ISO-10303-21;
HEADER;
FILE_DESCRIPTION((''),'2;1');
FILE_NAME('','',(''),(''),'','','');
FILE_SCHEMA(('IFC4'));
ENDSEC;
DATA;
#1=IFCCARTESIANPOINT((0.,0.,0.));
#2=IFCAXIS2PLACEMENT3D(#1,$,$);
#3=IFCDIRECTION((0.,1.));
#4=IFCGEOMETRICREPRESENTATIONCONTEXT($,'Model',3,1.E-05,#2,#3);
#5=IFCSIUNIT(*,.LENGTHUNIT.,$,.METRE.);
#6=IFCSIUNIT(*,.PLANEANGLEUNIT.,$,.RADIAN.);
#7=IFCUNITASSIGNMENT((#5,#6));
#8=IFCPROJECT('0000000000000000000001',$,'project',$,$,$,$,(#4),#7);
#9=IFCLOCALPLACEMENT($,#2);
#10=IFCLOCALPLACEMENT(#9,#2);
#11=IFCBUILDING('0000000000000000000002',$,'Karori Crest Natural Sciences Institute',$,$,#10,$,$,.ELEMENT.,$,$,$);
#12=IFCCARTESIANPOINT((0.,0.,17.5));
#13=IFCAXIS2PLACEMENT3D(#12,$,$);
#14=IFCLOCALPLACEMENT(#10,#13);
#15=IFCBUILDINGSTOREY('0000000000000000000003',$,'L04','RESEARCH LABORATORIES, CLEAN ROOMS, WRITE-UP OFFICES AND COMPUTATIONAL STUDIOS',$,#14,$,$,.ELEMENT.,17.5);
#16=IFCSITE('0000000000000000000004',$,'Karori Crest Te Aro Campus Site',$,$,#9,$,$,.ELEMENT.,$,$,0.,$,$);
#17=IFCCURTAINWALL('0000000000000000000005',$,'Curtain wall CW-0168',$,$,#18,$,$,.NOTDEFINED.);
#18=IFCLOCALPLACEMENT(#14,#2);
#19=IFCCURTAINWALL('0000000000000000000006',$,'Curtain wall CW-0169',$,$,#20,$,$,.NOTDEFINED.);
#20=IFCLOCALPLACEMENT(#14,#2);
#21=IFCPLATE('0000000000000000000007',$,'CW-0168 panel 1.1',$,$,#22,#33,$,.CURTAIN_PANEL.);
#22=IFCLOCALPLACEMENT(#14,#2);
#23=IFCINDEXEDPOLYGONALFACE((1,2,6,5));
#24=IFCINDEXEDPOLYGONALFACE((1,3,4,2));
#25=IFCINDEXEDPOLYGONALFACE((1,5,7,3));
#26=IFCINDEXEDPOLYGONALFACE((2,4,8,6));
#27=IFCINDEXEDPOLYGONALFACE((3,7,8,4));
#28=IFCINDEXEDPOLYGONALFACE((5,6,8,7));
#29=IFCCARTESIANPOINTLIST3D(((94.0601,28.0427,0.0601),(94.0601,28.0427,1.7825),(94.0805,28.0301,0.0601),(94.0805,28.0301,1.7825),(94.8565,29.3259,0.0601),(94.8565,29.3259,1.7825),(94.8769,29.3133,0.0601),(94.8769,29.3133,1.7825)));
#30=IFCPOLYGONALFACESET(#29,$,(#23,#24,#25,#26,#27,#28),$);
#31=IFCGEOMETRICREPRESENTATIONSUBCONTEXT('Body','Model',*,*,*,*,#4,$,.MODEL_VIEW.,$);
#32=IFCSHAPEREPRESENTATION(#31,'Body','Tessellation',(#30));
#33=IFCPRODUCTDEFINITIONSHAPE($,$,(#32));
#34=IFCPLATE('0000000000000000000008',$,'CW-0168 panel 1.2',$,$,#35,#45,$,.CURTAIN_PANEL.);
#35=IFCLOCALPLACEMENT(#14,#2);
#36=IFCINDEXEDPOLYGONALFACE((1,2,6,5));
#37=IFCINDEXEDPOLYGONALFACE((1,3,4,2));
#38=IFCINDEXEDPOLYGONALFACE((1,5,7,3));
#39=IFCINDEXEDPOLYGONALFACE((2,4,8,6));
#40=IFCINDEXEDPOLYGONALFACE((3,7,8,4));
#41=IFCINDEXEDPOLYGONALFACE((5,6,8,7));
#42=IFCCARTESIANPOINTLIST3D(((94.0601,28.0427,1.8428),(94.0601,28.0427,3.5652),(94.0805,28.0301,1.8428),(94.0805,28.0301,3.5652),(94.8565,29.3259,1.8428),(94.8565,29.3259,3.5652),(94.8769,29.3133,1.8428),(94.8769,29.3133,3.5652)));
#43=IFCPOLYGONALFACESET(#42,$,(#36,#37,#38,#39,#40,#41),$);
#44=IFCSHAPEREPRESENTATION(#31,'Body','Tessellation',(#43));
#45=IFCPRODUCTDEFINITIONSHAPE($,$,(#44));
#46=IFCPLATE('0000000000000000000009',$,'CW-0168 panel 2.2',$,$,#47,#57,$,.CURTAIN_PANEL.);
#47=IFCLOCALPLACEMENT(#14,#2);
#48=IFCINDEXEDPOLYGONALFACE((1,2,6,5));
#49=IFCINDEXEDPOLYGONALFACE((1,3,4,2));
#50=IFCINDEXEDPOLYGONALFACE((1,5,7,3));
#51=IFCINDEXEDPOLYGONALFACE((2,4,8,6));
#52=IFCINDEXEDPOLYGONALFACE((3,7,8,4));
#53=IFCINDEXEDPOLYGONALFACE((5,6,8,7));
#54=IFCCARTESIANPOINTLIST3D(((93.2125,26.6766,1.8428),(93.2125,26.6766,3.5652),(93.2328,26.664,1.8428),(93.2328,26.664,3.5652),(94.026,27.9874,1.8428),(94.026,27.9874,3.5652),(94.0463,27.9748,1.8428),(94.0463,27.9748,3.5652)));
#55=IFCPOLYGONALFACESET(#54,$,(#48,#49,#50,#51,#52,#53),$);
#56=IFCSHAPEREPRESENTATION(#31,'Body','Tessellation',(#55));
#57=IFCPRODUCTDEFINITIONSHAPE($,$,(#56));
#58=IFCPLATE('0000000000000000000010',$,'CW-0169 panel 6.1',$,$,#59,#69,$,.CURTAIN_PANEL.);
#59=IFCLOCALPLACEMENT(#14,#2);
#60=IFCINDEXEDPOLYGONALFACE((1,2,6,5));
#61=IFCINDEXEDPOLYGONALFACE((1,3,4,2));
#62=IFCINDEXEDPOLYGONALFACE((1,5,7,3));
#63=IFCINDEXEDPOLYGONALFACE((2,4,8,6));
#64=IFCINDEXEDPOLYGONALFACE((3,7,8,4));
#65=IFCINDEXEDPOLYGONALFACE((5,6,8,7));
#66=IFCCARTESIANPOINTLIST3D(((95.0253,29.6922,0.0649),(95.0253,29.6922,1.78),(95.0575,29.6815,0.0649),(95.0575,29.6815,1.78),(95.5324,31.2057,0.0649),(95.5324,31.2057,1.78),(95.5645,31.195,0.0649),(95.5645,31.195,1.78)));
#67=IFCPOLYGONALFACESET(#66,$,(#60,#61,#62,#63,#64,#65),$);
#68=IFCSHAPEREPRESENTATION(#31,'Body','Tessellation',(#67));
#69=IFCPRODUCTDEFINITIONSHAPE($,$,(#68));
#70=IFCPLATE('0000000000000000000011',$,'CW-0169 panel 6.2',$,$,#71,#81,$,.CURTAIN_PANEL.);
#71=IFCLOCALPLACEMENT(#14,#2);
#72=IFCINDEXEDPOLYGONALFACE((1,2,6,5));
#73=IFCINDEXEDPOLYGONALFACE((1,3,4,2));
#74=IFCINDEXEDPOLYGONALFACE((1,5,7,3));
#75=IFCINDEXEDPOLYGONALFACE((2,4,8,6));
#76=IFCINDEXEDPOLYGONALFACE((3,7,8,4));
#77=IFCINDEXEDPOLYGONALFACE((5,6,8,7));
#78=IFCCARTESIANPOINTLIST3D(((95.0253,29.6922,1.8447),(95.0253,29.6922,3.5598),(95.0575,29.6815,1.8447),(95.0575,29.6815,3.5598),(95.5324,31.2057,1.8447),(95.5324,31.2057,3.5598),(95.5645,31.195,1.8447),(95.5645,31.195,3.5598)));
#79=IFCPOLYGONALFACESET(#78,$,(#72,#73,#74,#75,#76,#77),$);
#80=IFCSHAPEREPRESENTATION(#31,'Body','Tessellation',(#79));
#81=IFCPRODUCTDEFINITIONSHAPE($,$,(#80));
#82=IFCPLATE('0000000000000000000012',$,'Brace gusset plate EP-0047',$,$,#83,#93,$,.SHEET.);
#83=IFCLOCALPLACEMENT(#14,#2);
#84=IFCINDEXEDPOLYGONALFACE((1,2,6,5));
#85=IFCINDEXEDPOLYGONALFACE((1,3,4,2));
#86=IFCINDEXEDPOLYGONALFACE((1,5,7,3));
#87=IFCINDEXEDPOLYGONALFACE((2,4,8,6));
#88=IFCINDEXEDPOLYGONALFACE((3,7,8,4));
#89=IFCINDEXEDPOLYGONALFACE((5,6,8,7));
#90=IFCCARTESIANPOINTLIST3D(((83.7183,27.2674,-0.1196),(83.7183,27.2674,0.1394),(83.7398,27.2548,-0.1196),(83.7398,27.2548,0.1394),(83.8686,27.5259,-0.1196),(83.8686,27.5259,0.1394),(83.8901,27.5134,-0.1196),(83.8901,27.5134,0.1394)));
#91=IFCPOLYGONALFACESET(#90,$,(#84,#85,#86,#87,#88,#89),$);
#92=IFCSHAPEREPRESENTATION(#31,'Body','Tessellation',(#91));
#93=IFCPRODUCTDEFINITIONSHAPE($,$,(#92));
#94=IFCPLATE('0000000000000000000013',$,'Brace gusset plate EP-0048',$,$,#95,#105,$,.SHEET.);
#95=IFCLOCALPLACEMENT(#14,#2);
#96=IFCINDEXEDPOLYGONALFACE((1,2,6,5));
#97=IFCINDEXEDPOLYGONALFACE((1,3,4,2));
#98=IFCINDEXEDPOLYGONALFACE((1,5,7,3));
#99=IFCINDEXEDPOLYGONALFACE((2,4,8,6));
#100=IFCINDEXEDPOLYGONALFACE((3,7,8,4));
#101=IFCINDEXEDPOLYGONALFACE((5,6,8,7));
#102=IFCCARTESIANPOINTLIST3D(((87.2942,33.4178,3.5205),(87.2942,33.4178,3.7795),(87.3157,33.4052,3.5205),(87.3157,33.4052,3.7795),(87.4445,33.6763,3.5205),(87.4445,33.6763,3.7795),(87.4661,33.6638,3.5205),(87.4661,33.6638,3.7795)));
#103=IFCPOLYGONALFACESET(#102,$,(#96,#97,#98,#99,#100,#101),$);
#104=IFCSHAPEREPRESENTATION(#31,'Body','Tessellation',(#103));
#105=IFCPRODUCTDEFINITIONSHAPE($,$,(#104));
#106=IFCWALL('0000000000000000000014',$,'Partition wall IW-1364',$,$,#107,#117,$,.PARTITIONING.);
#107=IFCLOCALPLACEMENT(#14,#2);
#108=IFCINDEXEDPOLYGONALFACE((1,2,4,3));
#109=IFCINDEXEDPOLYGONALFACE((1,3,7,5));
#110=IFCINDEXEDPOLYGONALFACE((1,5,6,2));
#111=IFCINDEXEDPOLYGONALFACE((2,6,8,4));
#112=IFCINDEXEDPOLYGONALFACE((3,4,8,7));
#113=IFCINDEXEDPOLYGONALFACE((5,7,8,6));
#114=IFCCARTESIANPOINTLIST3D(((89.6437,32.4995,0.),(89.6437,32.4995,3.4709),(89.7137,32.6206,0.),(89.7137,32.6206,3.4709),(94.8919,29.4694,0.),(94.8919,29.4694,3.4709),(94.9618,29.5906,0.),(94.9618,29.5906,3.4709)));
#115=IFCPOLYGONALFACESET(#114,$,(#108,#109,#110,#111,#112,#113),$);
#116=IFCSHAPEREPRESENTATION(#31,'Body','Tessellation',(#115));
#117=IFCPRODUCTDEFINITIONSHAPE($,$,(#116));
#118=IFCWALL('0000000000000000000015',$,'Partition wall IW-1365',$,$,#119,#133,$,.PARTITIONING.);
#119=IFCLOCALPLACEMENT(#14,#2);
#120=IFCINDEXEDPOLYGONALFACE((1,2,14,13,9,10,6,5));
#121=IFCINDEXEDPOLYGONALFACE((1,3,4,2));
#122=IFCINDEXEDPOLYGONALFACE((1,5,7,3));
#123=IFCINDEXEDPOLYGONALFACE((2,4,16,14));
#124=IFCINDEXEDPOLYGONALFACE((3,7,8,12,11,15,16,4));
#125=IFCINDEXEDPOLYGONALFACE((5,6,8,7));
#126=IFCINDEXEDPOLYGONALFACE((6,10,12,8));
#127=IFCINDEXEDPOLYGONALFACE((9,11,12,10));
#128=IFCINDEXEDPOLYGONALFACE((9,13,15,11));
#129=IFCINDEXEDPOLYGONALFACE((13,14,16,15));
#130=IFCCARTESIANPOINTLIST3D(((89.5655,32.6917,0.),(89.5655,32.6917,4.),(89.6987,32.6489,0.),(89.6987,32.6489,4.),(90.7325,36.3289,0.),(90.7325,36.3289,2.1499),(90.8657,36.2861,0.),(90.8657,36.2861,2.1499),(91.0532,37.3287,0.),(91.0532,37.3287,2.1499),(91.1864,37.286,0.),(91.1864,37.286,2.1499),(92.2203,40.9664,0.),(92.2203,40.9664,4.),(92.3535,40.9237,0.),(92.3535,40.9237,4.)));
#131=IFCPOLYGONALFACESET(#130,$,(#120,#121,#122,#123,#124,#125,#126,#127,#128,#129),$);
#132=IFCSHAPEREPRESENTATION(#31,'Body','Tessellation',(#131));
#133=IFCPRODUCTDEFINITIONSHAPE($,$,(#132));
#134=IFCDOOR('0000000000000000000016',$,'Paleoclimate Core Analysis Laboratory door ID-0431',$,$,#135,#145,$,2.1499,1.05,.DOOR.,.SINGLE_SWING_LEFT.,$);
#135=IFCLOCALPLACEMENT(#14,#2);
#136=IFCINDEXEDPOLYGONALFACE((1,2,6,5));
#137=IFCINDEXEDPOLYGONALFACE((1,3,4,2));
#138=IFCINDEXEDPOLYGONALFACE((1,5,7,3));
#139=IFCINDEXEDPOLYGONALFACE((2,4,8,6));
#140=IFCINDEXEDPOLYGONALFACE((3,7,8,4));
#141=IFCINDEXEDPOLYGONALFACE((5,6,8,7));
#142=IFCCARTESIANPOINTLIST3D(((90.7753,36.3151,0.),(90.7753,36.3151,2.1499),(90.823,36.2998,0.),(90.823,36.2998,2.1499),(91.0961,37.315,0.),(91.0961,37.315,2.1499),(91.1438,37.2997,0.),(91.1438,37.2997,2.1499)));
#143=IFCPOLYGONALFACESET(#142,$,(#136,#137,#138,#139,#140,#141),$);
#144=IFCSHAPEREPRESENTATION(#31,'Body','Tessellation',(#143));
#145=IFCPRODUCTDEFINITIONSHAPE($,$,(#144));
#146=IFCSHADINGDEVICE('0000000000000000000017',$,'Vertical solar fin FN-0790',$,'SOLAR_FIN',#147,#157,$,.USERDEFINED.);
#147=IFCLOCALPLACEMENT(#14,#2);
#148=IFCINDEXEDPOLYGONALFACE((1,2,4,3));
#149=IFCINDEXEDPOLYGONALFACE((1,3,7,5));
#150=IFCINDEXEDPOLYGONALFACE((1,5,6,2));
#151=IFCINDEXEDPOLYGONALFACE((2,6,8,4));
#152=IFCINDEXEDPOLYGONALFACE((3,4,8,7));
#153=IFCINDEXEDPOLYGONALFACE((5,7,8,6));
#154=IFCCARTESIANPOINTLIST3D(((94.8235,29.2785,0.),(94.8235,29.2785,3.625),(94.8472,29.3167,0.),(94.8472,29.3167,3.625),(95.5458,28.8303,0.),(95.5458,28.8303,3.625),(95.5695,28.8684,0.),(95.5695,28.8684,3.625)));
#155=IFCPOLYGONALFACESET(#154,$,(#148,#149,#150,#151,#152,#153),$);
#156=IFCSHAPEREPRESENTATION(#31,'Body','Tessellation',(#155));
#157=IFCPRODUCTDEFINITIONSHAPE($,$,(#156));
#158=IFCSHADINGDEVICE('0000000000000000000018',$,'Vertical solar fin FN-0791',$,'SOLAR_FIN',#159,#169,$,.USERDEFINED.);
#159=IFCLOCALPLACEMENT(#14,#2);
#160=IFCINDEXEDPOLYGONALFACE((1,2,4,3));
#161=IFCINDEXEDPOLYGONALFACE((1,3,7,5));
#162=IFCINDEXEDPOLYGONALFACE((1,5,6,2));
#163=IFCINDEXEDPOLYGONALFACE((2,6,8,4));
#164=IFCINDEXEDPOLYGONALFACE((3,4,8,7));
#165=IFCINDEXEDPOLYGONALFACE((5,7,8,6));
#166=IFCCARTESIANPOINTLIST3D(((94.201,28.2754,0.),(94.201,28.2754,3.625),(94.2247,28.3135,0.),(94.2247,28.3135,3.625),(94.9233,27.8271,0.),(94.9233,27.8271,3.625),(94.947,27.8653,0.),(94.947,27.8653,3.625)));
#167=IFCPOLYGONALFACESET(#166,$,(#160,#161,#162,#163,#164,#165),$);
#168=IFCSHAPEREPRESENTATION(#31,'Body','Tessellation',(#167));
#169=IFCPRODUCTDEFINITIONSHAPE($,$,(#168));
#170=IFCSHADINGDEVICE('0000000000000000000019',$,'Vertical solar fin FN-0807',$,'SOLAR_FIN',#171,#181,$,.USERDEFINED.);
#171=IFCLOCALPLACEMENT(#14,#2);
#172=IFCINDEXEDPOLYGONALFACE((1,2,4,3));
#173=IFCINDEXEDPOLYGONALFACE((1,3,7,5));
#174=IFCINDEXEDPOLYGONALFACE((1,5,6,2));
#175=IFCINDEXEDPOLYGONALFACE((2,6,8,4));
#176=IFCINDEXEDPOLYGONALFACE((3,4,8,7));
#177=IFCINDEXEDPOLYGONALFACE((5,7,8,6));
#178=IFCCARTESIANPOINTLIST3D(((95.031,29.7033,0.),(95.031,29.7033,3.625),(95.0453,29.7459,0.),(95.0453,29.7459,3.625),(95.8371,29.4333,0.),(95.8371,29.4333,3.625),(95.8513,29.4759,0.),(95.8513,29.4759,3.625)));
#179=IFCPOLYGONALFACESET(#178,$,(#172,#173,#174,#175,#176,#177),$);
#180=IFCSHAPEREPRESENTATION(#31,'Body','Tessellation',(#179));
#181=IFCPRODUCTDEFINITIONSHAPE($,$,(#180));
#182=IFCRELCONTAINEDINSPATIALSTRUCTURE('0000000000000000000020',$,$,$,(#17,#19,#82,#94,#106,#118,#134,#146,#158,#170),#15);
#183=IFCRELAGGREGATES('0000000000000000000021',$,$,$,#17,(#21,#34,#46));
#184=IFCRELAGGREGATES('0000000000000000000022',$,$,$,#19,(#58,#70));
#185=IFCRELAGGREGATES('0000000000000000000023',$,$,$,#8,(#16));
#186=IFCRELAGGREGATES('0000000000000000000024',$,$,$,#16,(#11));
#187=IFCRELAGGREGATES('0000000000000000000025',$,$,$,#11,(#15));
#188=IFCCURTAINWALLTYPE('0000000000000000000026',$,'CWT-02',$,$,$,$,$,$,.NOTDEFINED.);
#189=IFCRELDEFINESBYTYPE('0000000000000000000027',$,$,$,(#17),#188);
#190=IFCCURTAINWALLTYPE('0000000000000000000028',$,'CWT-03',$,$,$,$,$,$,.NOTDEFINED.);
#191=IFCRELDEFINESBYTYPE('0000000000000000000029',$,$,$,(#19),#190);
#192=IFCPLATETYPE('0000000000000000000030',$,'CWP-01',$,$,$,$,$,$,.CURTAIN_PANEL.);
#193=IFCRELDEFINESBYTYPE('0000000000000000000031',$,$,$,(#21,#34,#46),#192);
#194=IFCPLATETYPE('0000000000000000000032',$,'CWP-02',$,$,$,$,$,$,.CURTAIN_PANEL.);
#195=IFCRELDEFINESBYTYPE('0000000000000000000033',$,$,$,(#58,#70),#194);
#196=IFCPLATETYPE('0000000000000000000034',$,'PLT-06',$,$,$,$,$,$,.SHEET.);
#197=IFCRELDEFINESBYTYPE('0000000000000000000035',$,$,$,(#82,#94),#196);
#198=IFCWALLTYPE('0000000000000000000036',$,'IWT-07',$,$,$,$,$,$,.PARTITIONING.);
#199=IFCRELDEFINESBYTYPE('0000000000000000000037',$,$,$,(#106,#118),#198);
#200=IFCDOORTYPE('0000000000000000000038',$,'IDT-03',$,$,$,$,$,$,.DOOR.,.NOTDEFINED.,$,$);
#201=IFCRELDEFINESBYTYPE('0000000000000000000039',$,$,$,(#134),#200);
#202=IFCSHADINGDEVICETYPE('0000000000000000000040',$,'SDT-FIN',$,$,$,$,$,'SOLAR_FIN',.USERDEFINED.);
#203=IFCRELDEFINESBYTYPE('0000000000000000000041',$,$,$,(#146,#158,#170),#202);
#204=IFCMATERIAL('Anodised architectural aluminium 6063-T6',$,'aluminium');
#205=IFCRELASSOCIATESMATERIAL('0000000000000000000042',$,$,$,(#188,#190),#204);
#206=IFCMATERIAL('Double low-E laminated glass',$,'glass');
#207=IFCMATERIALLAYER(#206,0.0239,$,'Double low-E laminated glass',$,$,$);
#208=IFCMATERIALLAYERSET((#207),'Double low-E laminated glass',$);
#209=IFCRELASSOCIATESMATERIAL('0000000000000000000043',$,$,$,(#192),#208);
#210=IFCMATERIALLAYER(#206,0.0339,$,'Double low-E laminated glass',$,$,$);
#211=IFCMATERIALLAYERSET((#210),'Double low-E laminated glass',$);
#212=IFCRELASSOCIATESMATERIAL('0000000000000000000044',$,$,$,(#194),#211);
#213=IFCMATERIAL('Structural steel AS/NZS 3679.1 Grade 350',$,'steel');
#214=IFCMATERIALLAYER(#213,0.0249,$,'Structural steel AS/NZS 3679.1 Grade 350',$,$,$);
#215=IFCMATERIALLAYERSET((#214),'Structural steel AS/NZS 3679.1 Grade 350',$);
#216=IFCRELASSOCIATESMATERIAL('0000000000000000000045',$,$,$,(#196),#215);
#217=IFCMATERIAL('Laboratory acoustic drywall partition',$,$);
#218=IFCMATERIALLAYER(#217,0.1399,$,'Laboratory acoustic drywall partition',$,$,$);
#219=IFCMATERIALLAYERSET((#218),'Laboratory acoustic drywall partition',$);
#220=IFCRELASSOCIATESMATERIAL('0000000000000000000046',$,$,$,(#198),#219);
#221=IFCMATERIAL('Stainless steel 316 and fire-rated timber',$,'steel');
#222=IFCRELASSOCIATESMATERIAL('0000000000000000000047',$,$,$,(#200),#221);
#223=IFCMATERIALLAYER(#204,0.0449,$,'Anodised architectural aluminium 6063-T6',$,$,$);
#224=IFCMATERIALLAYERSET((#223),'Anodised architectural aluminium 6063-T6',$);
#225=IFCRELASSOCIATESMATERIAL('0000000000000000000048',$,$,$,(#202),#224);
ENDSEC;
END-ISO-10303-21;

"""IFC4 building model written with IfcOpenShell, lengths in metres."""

from ifc_helpers import new_model, si_unit, direction, frame, frame_2d, origin, origin_2d, place, context, subcontext, project, spatial, rectangle, extrude, material, layer, layer_set, type_object, element, fill, aggregate, save


model = new_model("IFC4")

# Units and contexts
model_context = context("Model", 3, precision=1e-05, world=origin(), true_north=direction((0.0, 1.0)))
body_context = subcontext(model_context, "Body", "Model", "MODEL_VIEW")
ifc_project = project(units=[si_unit("LENGTHUNIT", "METRE"), si_unit("PLANEANGLEUNIT", "RADIAN")], contexts=[model_context])

# Site, building, storey
site_placement = place(None, origin())
site = spatial("IfcSite", under=ifc_project, at=site_placement, Name="Karori Crest Te Aro Campus Site", CompositionType="ELEMENT", RefElevation=0.0)
building_placement = place(site_placement, origin())
building = spatial("IfcBuilding", under=site, at=building_placement, Name="Karori Crest Natural Sciences Institute", CompositionType="ELEMENT")
storey_placement = place(building_placement, frame((0.0, 0.0, 17.5)))
storey = spatial("IfcBuildingStorey", under=building, at=storey_placement, Name="L04", Description="RESEARCH LABORATORIES, CLEAN ROOMS, WRITE-UP OFFICES AND COMPUTATIONAL STUDIOS", CompositionType="ELEMENT", Elevation=17.5)

# Shared definitions
ifc_material_1 = material(Name="Structural steel AS/NZS 3679.1 Grade 350", Category="steel")

# Curtain walls
ifc_material_2 = material(Name="Anodised architectural aluminium 6063-T6", Category="aluminium")
curtain_wall_type_1 = type_object("IfcCurtainWallType", Name="CWT-02", PredefinedType="NOTDEFINED", material=ifc_material_2)
curtain_wall_1_placement = place(storey_placement, origin())
curtain_wall_1 = element("IfcCurtainWall", 1, at=curtain_wall_1_placement, inside=storey, type_object=curtain_wall_type_1, Name="Curtain wall CW-0168", PredefinedType="NOTDEFINED")
curtain_wall_type_2 = type_object("IfcCurtainWallType", Name="CWT-03", PredefinedType="NOTDEFINED", material=ifc_material_2)
curtain_wall_2_placement = place(storey_placement, origin())
curtain_wall_2 = element("IfcCurtainWall", 2, at=curtain_wall_2_placement, inside=storey, type_object=curtain_wall_type_2, Name="Curtain wall CW-0169", PredefinedType="NOTDEFINED")

# Plates
ifc_material_3 = material(Name="Double low-E laminated glass", Category="glass")
ifc_layer_1 = layer(ifc_material_3, 0.0239, Name="Double low-E laminated glass")
ifc_layer_set_1 = layer_set([ifc_layer_1], Name="Double low-E laminated glass")
plate_type_1 = type_object("IfcPlateType", Name="CWP-01", PredefinedType="CURTAIN_PANEL", material=ifc_layer_set_1)
plate_1_placement = place(storey_placement, frame((94.4685, 28.678, 0.0601), z_axis=(0.0, 0.0, 1.0), x_axis=(-0.527324, -0.849664, 0.0)))
plate_1 = element("IfcPlate", 3, at=plate_1_placement, type_object=plate_type_1, Name="CW-0168 panel 1.1", PredefinedType="CURTAIN_PANEL", context=body_context, shape_type="SweptSolid", body=[
    extrude(rectangle(XDim=1.5103, YDim=0.0239, at=origin_2d()), origin(), (0.0, 0.0, 1.0), 1.7224),
])
plate_2_placement = place(storey_placement, frame((94.4685, 28.678, 1.8428), z_axis=(0.0, 0.0, 1.0), x_axis=(-0.527324, -0.849664, 0.0)))
plate_2 = element("IfcPlate", 4, at=plate_2_placement, type_object=plate_type_1, Name="CW-0168 panel 1.2", PredefinedType="CURTAIN_PANEL", context=body_context, shape_type="SweptSolid", body=[
    extrude(rectangle(XDim=1.5103, YDim=0.0239, at=origin_2d()), origin(), (0.0, 0.0, 1.0), 1.7224),
])
plate_3_placement = place(storey_placement, frame((93.6294, 27.3257, 1.8428), z_axis=(0.0, 0.0, 1.0), x_axis=(-0.527324, -0.849664, 0.0)))
plate_3 = element("IfcPlate", 5, at=plate_3_placement, type_object=plate_type_1, Name="CW-0168 panel 2.2", PredefinedType="CURTAIN_PANEL", context=body_context, shape_type="SweptSolid", body=[
    extrude(rectangle(XDim=1.5427, YDim=0.0239, at=origin_2d()), origin(), (0.0, 0.0, 1.0), 1.7224),
])
aggregate(curtain_wall_1, [plate_1, plate_2, plate_3])
ifc_layer_2 = layer(ifc_material_3, 0.0339, Name="Double low-E laminated glass")
ifc_layer_set_2 = layer_set([ifc_layer_2], Name="Double low-E laminated glass")
plate_type_2 = type_object("IfcPlateType", Name="CWP-02", PredefinedType="CURTAIN_PANEL", material=ifc_layer_set_2)
plate_4_placement = place(storey_placement, frame((95.2949, 30.4436, 0.0649), z_axis=(0.0, 0.0, 1.0), x_axis=(-0.31768, -0.948198, 0.0)))
plate_4 = element("IfcPlate", 6, at=plate_4_placement, type_object=plate_type_2, Name="CW-0169 panel 6.1", PredefinedType="CURTAIN_PANEL", context=body_context, shape_type="SweptSolid", body=[
    extrude(rectangle(XDim=1.5962, YDim=0.0339, at=origin_2d()), origin(), (0.0, 0.0, 1.0), 1.7151),
])
plate_5_placement = place(storey_placement, frame((95.2949, 30.4436, 1.8447), z_axis=(0.0, 0.0, 1.0), x_axis=(-0.31768, -0.948198, 0.0)))
plate_5 = element("IfcPlate", 7, at=plate_5_placement, type_object=plate_type_2, Name="CW-0169 panel 6.2", PredefinedType="CURTAIN_PANEL", context=body_context, shape_type="SweptSolid", body=[
    extrude(rectangle(XDim=1.5962, YDim=0.0339, at=origin_2d()), origin(), (0.0, 0.0, 1.0), 1.7151),
])
aggregate(curtain_wall_2, [plate_4, plate_5])

# Plates
ifc_layer_3 = layer(ifc_material_1, 0.0249, Name="Structural steel AS/NZS 3679.1 Grade 350")
ifc_layer_set_3 = layer_set([ifc_layer_3], Name="Structural steel AS/NZS 3679.1 Grade 350")
plate_type_3 = type_object("IfcPlateType", Name="PLT-06", PredefinedType="SHEET", material=ifc_layer_set_3)
for number, where, z_axis, x_axis, name in (
    (8, (83.8042, 27.3904, -0.1196), (0.0, 0.0, 1.0), (0.502652, 0.864489, 0.0), "Brace gusset plate EP-0047"),
    (9, (87.3801, 33.5408, 3.5205), (0.0, 0.0, 1.0), (0.502652, 0.864489, 0.0), "Brace gusset plate EP-0048"),
):
    element("IfcPlate", number, at=place(storey_placement, frame(where, z_axis=z_axis, x_axis=x_axis)), inside=storey, type_object=plate_type_3, Name=name, PredefinedType="SHEET", context=body_context, shape_type="SweptSolid", body=[
        extrude(rectangle(XDim=0.2991, YDim=0.0249, at=origin_2d()), origin(), (0.0, 0.0, 1.0), 0.259),
    ])

# Wall
ifc_material_4 = material(Name="Laboratory acoustic drywall partition")
ifc_layer_4 = layer(ifc_material_4, 0.1399, Name="Laboratory acoustic drywall partition")
ifc_layer_set_4 = layer_set([ifc_layer_4], Name="Laboratory acoustic drywall partition")
wall_type = type_object("IfcWallType", Name="IWT-07", PredefinedType="PARTITIONING", material=ifc_layer_set_4)
wall_1_placement = place(storey_placement, frame((89.6787, 32.5601, 0.0), z_axis=(0.0, 0.0, 1.0), x_axis=(0.866021, -0.500008, 0.0)))
element("IfcWall", 10, at=wall_1_placement, inside=storey, type_object=wall_type, Name="Partition wall IW-1364", PredefinedType="PARTITIONING", context=body_context, shape_type="SweptSolid", body=[
    extrude(rectangle(XDim=6.0601, YDim=0.1399, at=frame_2d((3.03, 0.0))), origin(), (0.0, 0.0, 1.0), 3.4709),
])

# Wall, opening, door
wall_2_placement = place(storey_placement, frame((89.6321, 32.6702, 0.0), z_axis=(0.0, 0.0, 1.0), x_axis=(0.305495, 0.952194, 0.0)))
wall_2 = element("IfcWall", 11, at=wall_2_placement, inside=storey, type_object=wall_type, Name="Partition wall IW-1365", PredefinedType="PARTITIONING", context=body_context, shape_type="SweptSolid", body=[
    extrude(rectangle(XDim=8.6902, YDim=0.1399, at=frame_2d((4.3452, 0.0))), origin(), (0.0, 0.0, 1.0), 4.0),
])
opening_placement = place(wall_2_placement, frame((3.8201, 0.0, 0.0)))
opening = element("IfcOpeningElement", 12, at=opening_placement, cuts=wall_2, PredefinedType="OPENING", context=body_context, shape_type="SweptSolid", body=[
    extrude(rectangle(XDim=1.05, YDim=2.1499, at=frame_2d((0.5249, 1.075))), frame((0.0, 0.0801, 0.0), z_axis=(0.0, -1.0, 0.0), x_axis=(1.0, 0.0, 0.0)), (0.0, 0.0, 1.0), 0.1599),
])
ifc_material_5 = material(Name="Stainless steel 316 and fire-rated timber", Category="steel")
door_type = type_object("IfcDoorType", Name="IDT-03", OperationType="NOTDEFINED", PredefinedType="DOOR", material=ifc_material_5)
door_placement = place(opening_placement, origin())
door = element("IfcDoor", 13, at=door_placement, inside=storey, type_object=door_type, Name="Paleoclimate Core Analysis Laboratory door ID-0431", OperationType="SINGLE_SWING_LEFT", OverallHeight=2.1499, OverallWidth=1.05, PredefinedType="DOOR", context=body_context, shape_type="SweptSolid", body=[
    extrude(rectangle(XDim=1.05, YDim=2.1499, at=frame_2d((0.5249, 1.075))), frame((0.0, 0.0249, 0.0), z_axis=(0.0, -1.0, 0.0), x_axis=(1.0, 0.0, 0.0)), (0.0, 0.0, 1.0), 0.05),
])
fill(opening, door)

# Shading devices
ifc_layer_5 = layer(ifc_material_2, 0.0449, Name="Anodised architectural aluminium 6063-T6")
ifc_layer_set_5 = layer_set([ifc_layer_5], Name="Anodised architectural aluminium 6063-T6")
shading_device_type = type_object("IfcShadingDeviceType", Name="SDT-FIN", ElementType="SOLAR_FIN", PredefinedType="USERDEFINED", material=ifc_layer_set_5)
for number, where, z_axis, x_axis, name in (
    (14, (95.1965, 29.0735, 0.0), (0.0, 0.0, 1.0), (0.849665, -0.527324, 0.0), "Vertical solar fin FN-0790"),
    (15, (94.574, 28.0703, 0.0), (0.0, 0.0, 1.0), (0.849665, -0.527324, 0.0), "Vertical solar fin FN-0791"),
    (16, (95.4412, 29.5896, 0.0), (0.0, 0.0, 1.0), (0.948198, -0.31768, 0.0), "Vertical solar fin FN-0807"),
):
    element("IfcShadingDevice", number, at=place(storey_placement, frame(where, z_axis=z_axis, x_axis=x_axis)), inside=storey, type_object=shading_device_type, Name=name, ObjectType="SOLAR_FIN", PredefinedType="USERDEFINED", context=body_context, shape_type="SweptSolid", body=[
        extrude(rectangle(XDim=0.8501, YDim=0.0449, at=origin_2d()), origin(), (0.0, 0.0, 1.0), 3.625),
    ])

save(model, "model.ifc")
